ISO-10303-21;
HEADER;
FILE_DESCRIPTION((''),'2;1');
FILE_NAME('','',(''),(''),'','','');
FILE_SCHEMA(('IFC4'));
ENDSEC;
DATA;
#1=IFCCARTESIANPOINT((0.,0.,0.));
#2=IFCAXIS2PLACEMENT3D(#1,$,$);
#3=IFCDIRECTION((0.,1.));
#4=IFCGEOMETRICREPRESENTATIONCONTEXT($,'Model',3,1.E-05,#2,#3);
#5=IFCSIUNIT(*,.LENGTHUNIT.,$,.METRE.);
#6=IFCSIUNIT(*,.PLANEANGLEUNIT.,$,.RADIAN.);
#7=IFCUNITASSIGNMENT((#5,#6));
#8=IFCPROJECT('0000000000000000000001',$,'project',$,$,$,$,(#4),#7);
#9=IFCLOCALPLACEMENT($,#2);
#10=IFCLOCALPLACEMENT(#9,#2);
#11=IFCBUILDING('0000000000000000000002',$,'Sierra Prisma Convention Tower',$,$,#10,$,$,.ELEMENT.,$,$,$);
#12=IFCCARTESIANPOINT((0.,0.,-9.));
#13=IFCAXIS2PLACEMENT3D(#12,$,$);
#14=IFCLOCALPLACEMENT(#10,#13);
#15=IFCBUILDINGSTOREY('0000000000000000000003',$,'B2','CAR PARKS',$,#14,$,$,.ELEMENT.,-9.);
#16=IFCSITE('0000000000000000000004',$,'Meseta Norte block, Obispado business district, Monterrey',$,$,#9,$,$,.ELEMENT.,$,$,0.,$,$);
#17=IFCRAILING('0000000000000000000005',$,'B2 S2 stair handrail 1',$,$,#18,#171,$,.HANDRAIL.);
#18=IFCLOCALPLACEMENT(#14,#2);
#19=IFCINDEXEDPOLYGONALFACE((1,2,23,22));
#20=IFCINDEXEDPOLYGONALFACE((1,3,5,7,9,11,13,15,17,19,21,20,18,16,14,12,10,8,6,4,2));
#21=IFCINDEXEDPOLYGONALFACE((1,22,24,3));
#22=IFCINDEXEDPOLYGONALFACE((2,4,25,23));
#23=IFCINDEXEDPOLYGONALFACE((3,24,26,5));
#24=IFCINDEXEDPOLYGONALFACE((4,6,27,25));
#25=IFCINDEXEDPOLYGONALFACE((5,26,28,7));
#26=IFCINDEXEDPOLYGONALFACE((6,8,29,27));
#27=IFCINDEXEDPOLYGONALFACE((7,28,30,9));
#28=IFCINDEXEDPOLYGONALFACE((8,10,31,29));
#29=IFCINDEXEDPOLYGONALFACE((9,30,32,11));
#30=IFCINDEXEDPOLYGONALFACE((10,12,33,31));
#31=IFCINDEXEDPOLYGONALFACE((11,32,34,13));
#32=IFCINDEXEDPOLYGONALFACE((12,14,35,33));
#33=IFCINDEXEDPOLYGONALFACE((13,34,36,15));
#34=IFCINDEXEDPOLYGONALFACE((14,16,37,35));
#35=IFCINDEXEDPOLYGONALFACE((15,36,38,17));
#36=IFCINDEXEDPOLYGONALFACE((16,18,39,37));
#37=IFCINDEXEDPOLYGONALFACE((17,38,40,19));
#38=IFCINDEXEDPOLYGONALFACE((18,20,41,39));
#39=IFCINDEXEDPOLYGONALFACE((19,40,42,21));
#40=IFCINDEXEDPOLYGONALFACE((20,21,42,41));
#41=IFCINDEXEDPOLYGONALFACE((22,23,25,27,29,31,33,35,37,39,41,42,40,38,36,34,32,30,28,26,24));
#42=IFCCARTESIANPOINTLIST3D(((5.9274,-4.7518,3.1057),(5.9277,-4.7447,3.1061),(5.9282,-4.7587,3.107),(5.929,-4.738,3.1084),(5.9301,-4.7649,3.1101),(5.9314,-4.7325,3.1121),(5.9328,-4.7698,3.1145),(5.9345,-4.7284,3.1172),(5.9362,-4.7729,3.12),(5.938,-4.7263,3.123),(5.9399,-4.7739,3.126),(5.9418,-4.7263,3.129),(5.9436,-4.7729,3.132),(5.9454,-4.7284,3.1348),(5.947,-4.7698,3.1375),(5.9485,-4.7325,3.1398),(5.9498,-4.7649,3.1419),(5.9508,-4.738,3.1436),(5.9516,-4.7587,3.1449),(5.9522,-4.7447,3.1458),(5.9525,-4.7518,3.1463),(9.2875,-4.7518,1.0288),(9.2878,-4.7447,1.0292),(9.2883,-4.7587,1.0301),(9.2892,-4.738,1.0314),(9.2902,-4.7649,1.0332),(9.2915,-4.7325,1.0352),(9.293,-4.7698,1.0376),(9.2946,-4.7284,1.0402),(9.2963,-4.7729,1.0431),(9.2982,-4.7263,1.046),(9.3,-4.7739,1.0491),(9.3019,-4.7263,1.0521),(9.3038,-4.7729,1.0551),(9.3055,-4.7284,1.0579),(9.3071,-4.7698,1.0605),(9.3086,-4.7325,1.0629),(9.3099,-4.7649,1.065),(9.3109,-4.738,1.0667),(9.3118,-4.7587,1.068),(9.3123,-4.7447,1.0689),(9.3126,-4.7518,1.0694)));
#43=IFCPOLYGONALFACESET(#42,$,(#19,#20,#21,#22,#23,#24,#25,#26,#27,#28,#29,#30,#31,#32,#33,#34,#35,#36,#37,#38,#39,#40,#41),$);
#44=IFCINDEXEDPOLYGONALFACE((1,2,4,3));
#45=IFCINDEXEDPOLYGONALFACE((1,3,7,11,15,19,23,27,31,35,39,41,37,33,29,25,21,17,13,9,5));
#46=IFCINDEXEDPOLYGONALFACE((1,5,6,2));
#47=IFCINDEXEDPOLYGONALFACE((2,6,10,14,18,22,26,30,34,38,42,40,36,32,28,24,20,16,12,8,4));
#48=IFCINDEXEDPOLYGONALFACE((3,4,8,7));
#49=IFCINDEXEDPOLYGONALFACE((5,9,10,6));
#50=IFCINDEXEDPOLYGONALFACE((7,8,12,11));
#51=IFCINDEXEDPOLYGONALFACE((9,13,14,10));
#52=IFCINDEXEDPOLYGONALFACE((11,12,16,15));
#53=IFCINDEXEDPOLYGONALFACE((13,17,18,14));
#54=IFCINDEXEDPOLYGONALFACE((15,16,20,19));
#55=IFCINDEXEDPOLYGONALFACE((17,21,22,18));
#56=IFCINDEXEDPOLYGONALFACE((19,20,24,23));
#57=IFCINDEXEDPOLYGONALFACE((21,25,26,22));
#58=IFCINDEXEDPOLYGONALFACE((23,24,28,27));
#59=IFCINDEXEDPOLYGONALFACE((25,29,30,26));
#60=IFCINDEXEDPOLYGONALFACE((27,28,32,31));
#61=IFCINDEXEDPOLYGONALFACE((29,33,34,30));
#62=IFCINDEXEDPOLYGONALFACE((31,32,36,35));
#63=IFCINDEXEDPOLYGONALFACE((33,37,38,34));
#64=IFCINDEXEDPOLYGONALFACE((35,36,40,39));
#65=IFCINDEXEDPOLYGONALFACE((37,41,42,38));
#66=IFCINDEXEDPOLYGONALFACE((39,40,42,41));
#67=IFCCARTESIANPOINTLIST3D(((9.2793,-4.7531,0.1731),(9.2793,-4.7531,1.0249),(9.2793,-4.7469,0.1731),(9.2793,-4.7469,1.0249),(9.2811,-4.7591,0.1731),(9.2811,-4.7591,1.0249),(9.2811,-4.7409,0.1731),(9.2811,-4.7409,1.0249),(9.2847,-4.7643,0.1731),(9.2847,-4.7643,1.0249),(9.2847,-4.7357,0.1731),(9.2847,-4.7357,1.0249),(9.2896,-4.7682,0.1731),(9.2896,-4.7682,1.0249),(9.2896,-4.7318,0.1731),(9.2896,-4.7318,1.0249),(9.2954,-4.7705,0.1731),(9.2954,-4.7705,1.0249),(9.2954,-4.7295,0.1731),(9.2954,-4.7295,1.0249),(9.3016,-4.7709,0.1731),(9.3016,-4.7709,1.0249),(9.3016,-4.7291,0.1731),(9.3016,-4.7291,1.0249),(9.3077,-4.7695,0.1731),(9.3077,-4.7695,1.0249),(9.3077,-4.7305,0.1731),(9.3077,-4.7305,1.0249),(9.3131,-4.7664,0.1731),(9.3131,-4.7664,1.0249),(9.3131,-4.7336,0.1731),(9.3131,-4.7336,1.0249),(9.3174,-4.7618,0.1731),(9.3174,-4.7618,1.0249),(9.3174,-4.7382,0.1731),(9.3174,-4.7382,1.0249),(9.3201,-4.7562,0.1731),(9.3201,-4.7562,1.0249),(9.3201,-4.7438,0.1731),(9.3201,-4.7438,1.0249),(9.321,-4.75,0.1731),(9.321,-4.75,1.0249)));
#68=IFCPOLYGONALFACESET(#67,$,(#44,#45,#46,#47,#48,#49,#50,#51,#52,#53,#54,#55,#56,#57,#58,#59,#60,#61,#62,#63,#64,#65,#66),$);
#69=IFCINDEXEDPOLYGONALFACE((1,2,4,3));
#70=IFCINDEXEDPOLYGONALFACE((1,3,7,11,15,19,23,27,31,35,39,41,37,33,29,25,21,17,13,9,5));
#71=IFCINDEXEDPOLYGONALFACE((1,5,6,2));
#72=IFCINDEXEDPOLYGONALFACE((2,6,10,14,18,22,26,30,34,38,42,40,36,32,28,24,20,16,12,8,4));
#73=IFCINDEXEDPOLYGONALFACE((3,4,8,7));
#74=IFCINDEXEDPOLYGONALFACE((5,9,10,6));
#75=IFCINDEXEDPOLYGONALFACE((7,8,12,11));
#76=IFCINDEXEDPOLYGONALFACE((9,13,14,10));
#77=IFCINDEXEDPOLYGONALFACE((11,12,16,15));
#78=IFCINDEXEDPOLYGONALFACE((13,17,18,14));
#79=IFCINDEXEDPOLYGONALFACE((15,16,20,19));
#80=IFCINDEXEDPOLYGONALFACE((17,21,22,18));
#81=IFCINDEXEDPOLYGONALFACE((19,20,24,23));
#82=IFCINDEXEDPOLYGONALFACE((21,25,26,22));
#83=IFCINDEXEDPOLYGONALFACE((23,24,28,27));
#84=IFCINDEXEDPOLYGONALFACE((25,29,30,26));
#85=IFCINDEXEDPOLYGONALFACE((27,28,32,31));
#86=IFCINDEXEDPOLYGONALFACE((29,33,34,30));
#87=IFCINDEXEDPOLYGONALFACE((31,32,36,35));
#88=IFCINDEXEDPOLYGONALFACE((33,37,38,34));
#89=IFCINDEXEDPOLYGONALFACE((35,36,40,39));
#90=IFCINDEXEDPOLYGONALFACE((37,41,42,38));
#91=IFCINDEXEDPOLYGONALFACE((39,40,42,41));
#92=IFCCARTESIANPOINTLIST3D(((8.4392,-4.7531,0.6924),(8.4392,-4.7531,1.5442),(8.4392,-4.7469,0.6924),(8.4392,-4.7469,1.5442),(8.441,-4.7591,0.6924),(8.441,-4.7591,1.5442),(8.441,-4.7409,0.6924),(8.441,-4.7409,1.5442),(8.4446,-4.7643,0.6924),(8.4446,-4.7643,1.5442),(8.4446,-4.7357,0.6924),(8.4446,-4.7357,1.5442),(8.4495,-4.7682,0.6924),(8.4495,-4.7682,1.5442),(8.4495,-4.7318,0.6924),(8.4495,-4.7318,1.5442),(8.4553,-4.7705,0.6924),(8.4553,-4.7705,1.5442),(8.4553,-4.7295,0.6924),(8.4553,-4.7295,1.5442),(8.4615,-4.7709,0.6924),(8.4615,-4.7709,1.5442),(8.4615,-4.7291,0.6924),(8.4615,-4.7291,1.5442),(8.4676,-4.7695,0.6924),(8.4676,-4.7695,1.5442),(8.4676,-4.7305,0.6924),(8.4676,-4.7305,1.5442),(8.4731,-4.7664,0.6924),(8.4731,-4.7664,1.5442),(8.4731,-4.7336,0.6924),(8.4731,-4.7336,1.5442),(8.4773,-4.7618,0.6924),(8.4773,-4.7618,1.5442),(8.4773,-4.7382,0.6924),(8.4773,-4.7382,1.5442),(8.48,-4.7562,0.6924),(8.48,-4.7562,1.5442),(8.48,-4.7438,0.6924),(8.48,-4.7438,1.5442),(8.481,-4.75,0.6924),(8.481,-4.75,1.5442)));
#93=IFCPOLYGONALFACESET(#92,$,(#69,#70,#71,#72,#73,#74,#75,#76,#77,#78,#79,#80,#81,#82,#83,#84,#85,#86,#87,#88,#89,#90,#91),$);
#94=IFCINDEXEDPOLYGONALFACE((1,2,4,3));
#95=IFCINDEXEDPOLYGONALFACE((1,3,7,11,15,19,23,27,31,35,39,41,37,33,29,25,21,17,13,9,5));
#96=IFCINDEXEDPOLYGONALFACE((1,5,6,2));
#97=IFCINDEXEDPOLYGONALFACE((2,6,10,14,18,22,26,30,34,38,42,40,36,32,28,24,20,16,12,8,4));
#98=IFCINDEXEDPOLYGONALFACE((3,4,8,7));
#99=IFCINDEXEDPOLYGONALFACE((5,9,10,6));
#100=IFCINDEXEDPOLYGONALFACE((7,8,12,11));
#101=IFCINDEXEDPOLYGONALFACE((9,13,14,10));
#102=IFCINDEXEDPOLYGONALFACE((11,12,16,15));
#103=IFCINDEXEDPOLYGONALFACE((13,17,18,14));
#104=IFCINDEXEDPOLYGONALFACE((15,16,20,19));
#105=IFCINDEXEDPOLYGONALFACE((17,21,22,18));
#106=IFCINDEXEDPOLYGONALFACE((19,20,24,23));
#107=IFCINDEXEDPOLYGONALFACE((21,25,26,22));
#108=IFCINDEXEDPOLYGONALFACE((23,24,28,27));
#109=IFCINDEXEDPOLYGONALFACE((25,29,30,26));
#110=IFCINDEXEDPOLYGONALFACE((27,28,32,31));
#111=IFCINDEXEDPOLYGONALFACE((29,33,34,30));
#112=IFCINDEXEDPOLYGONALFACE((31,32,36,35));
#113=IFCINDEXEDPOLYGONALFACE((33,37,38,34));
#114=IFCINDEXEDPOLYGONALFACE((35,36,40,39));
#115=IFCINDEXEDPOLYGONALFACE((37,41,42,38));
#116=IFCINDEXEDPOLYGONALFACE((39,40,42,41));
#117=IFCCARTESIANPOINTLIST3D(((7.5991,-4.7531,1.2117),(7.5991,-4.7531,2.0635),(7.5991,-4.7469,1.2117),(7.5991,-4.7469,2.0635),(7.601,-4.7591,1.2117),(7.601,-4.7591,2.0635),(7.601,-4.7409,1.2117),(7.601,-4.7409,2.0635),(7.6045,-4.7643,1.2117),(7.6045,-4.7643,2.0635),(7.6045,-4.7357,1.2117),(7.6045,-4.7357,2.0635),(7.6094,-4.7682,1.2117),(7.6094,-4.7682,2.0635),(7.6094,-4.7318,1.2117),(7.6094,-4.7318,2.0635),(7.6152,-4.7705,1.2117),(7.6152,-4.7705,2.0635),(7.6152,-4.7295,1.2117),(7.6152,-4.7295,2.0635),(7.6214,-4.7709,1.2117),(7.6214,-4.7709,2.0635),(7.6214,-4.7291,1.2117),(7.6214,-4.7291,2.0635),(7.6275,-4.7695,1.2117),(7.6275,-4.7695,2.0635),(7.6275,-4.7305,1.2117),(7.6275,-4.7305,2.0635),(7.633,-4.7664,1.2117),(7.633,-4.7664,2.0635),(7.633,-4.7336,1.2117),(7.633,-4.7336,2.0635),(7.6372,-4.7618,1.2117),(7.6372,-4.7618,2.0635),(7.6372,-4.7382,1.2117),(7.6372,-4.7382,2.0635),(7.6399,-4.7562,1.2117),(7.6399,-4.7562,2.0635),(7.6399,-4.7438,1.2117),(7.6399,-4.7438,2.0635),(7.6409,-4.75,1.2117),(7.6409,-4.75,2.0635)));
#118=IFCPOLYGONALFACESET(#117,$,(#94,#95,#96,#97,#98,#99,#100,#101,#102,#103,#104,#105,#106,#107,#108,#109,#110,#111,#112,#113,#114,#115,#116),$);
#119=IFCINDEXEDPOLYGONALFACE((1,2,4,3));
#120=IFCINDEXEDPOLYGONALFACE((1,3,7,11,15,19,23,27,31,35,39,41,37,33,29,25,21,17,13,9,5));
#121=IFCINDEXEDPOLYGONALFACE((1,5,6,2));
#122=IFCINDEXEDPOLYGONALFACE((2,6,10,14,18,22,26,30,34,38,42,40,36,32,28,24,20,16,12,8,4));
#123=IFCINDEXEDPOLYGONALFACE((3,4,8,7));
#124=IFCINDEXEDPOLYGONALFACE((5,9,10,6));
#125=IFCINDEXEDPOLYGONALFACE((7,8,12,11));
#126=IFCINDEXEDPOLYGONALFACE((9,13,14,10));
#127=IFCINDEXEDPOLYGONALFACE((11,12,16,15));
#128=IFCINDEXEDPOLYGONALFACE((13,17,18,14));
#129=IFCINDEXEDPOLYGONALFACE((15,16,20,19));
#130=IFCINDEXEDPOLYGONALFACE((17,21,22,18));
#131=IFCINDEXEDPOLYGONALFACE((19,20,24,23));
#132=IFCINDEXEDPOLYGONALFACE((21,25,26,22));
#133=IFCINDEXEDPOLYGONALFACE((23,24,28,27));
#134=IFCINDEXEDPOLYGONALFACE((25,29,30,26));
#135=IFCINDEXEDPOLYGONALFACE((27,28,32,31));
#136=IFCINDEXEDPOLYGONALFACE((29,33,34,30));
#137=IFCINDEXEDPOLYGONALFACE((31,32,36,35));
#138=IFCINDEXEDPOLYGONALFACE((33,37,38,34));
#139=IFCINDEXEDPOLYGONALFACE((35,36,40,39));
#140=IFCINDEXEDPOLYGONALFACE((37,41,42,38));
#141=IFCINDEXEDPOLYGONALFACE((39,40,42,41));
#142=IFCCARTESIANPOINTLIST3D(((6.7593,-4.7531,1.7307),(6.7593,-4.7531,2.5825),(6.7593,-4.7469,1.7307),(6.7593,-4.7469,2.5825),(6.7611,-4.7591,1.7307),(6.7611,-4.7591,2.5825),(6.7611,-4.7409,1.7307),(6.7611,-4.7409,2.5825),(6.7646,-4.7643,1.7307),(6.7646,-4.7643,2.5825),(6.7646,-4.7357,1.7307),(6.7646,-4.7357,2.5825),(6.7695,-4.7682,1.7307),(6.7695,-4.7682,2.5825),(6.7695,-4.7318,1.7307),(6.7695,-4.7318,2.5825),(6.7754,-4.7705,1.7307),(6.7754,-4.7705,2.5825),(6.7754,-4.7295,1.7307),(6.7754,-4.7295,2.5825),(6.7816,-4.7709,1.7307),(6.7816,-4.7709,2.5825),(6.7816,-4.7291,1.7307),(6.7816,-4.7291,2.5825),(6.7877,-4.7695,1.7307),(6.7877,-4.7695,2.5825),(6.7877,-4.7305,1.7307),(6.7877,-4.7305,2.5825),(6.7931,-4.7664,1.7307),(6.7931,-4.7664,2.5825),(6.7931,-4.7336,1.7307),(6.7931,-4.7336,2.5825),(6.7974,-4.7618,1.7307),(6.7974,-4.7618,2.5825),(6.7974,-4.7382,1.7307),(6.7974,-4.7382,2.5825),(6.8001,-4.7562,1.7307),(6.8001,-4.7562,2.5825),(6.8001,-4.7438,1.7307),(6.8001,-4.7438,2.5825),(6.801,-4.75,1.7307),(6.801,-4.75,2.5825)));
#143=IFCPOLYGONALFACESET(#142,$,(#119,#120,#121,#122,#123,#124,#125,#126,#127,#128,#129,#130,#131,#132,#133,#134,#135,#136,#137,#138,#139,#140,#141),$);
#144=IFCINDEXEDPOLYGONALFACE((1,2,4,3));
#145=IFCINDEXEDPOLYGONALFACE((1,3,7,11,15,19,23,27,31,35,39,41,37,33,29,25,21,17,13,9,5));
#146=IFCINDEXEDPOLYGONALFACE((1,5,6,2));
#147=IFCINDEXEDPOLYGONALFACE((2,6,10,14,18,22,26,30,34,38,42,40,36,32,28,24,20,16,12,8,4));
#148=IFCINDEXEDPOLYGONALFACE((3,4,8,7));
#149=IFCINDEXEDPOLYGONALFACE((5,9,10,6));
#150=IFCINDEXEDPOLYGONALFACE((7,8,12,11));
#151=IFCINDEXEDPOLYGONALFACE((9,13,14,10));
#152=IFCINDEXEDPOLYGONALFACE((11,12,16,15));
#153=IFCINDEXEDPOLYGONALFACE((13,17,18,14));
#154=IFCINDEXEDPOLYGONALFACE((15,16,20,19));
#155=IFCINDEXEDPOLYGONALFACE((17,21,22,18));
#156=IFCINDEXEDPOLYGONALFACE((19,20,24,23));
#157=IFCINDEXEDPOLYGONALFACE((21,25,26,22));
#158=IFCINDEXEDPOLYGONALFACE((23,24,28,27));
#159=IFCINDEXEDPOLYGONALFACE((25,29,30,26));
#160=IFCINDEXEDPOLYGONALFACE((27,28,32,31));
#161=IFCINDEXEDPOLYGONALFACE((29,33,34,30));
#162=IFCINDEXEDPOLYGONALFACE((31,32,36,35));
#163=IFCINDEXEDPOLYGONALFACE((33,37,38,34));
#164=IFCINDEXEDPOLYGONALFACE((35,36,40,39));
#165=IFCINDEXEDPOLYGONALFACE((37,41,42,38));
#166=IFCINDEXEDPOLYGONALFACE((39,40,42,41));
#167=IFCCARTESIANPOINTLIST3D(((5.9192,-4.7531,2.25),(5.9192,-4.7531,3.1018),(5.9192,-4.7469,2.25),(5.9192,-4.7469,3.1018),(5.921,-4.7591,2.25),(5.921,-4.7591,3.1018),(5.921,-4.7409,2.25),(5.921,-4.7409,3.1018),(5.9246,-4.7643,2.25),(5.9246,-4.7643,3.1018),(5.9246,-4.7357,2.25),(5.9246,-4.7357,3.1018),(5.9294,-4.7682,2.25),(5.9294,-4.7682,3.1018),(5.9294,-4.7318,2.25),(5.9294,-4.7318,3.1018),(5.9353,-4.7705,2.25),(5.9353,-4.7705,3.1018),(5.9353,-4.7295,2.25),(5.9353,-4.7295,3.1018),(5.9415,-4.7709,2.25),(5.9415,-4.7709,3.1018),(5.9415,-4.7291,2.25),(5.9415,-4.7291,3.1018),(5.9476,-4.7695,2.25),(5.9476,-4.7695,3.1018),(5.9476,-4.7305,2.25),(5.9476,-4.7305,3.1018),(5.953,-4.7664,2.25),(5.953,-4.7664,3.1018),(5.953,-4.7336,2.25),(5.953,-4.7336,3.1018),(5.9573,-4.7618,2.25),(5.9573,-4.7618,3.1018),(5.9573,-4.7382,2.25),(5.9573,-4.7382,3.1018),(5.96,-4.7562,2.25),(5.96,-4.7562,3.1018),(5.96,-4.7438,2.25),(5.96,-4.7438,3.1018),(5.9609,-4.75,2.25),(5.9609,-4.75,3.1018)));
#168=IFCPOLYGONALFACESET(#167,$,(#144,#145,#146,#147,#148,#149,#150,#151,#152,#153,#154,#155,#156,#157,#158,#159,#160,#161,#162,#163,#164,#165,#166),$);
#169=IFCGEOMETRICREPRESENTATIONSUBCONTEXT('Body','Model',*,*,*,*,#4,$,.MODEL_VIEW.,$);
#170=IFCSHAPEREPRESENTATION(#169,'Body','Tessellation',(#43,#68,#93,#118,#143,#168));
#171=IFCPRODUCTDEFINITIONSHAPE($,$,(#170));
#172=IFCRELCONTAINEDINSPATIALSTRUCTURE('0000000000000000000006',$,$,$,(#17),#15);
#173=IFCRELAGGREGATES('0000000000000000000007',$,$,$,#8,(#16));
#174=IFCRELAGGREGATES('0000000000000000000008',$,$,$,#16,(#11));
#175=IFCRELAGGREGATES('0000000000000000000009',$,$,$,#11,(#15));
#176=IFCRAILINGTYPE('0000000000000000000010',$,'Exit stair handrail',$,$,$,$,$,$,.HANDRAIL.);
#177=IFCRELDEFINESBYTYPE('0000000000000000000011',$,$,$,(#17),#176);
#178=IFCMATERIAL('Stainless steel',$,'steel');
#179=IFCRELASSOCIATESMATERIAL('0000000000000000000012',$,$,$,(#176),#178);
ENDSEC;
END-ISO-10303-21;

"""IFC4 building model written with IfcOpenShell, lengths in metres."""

from ifc_helpers import new_model, si_unit, direction, frame, origin, origin_2d, place, context, subcontext, project, spatial, circle, extrude, material, type_object, element, save


model = new_model("IFC4")

# Units and contexts
model_context = context("Model", 3, precision=1e-05, world=origin(), true_north=direction((0.0, 1.0)))
body_context = subcontext(model_context, "Body", "Model", "MODEL_VIEW")
ifc_project = project(units=[si_unit("LENGTHUNIT", "METRE"), si_unit("PLANEANGLEUNIT", "RADIAN")], contexts=[model_context])

# Site, building, storey
site_placement = place(None, origin())
site = spatial("IfcSite", under=ifc_project, at=site_placement, Name="Meseta Norte block, Obispado business district, Monterrey", CompositionType="ELEMENT", RefElevation=0.0)
building_placement = place(site_placement, origin())
building = spatial("IfcBuilding", under=site, at=building_placement, Name="Sierra Prisma Convention Tower", CompositionType="ELEMENT")
storey_placement = place(building_placement, frame((0.0, 0.0, -9.0)))
storey = spatial("IfcBuildingStorey", under=building, at=storey_placement, Name="B2", Description="CAR PARKS", CompositionType="ELEMENT", Elevation=-9.0)

# Railing
ifc_material_1 = material(Name="Stainless steel", Category="steel")
railing_type_1 = type_object("IfcRailingType", Name="Exit stair handrail", PredefinedType="HANDRAIL", material=ifc_material_1)
railing_1_placement = place(storey_placement, frame((9.3, -4.75, 0.1731)))
element("IfcRailing", 1, at=railing_1_placement, inside=storey, type_object=railing_type_1, Name="B2 S2 stair handrail 1", PredefinedType="HANDRAIL", context=body_context, shape_type="SweptSolid", body=[
    extrude(circle(Radius=0.0239, at=origin_2d()), frame((0.0, 0.0, 0.876), z_axis=(-0.850623, 0.0, 0.525776), x_axis=(0.0, -1.0, 0.0)), (0.0, 0.0, 1.0), 3.9502),
    extrude(circle(Radius=0.021, at=origin_2d()), origin(), (0.0, 0.0, 1.0), 0.8518),
    extrude(circle(Radius=0.021, at=origin_2d()), frame((-0.8401, 0.0, 0.5193)), (0.0, 0.0, 1.0), 0.8518),
    extrude(circle(Radius=0.021, at=origin_2d()), frame((-1.6802, 0.0, 1.0386)), (0.0, 0.0, 1.0), 0.8518),
    extrude(circle(Radius=0.021, at=origin_2d()), frame((-2.52, 0.0, 1.5576)), (0.0, 0.0, 1.0), 0.8518),
    extrude(circle(Radius=0.021, at=origin_2d()), frame((-3.3601, 0.0, 2.0769)), (0.0, 0.0, 1.0), 0.8518),
])

save(model, "model.ifc")
